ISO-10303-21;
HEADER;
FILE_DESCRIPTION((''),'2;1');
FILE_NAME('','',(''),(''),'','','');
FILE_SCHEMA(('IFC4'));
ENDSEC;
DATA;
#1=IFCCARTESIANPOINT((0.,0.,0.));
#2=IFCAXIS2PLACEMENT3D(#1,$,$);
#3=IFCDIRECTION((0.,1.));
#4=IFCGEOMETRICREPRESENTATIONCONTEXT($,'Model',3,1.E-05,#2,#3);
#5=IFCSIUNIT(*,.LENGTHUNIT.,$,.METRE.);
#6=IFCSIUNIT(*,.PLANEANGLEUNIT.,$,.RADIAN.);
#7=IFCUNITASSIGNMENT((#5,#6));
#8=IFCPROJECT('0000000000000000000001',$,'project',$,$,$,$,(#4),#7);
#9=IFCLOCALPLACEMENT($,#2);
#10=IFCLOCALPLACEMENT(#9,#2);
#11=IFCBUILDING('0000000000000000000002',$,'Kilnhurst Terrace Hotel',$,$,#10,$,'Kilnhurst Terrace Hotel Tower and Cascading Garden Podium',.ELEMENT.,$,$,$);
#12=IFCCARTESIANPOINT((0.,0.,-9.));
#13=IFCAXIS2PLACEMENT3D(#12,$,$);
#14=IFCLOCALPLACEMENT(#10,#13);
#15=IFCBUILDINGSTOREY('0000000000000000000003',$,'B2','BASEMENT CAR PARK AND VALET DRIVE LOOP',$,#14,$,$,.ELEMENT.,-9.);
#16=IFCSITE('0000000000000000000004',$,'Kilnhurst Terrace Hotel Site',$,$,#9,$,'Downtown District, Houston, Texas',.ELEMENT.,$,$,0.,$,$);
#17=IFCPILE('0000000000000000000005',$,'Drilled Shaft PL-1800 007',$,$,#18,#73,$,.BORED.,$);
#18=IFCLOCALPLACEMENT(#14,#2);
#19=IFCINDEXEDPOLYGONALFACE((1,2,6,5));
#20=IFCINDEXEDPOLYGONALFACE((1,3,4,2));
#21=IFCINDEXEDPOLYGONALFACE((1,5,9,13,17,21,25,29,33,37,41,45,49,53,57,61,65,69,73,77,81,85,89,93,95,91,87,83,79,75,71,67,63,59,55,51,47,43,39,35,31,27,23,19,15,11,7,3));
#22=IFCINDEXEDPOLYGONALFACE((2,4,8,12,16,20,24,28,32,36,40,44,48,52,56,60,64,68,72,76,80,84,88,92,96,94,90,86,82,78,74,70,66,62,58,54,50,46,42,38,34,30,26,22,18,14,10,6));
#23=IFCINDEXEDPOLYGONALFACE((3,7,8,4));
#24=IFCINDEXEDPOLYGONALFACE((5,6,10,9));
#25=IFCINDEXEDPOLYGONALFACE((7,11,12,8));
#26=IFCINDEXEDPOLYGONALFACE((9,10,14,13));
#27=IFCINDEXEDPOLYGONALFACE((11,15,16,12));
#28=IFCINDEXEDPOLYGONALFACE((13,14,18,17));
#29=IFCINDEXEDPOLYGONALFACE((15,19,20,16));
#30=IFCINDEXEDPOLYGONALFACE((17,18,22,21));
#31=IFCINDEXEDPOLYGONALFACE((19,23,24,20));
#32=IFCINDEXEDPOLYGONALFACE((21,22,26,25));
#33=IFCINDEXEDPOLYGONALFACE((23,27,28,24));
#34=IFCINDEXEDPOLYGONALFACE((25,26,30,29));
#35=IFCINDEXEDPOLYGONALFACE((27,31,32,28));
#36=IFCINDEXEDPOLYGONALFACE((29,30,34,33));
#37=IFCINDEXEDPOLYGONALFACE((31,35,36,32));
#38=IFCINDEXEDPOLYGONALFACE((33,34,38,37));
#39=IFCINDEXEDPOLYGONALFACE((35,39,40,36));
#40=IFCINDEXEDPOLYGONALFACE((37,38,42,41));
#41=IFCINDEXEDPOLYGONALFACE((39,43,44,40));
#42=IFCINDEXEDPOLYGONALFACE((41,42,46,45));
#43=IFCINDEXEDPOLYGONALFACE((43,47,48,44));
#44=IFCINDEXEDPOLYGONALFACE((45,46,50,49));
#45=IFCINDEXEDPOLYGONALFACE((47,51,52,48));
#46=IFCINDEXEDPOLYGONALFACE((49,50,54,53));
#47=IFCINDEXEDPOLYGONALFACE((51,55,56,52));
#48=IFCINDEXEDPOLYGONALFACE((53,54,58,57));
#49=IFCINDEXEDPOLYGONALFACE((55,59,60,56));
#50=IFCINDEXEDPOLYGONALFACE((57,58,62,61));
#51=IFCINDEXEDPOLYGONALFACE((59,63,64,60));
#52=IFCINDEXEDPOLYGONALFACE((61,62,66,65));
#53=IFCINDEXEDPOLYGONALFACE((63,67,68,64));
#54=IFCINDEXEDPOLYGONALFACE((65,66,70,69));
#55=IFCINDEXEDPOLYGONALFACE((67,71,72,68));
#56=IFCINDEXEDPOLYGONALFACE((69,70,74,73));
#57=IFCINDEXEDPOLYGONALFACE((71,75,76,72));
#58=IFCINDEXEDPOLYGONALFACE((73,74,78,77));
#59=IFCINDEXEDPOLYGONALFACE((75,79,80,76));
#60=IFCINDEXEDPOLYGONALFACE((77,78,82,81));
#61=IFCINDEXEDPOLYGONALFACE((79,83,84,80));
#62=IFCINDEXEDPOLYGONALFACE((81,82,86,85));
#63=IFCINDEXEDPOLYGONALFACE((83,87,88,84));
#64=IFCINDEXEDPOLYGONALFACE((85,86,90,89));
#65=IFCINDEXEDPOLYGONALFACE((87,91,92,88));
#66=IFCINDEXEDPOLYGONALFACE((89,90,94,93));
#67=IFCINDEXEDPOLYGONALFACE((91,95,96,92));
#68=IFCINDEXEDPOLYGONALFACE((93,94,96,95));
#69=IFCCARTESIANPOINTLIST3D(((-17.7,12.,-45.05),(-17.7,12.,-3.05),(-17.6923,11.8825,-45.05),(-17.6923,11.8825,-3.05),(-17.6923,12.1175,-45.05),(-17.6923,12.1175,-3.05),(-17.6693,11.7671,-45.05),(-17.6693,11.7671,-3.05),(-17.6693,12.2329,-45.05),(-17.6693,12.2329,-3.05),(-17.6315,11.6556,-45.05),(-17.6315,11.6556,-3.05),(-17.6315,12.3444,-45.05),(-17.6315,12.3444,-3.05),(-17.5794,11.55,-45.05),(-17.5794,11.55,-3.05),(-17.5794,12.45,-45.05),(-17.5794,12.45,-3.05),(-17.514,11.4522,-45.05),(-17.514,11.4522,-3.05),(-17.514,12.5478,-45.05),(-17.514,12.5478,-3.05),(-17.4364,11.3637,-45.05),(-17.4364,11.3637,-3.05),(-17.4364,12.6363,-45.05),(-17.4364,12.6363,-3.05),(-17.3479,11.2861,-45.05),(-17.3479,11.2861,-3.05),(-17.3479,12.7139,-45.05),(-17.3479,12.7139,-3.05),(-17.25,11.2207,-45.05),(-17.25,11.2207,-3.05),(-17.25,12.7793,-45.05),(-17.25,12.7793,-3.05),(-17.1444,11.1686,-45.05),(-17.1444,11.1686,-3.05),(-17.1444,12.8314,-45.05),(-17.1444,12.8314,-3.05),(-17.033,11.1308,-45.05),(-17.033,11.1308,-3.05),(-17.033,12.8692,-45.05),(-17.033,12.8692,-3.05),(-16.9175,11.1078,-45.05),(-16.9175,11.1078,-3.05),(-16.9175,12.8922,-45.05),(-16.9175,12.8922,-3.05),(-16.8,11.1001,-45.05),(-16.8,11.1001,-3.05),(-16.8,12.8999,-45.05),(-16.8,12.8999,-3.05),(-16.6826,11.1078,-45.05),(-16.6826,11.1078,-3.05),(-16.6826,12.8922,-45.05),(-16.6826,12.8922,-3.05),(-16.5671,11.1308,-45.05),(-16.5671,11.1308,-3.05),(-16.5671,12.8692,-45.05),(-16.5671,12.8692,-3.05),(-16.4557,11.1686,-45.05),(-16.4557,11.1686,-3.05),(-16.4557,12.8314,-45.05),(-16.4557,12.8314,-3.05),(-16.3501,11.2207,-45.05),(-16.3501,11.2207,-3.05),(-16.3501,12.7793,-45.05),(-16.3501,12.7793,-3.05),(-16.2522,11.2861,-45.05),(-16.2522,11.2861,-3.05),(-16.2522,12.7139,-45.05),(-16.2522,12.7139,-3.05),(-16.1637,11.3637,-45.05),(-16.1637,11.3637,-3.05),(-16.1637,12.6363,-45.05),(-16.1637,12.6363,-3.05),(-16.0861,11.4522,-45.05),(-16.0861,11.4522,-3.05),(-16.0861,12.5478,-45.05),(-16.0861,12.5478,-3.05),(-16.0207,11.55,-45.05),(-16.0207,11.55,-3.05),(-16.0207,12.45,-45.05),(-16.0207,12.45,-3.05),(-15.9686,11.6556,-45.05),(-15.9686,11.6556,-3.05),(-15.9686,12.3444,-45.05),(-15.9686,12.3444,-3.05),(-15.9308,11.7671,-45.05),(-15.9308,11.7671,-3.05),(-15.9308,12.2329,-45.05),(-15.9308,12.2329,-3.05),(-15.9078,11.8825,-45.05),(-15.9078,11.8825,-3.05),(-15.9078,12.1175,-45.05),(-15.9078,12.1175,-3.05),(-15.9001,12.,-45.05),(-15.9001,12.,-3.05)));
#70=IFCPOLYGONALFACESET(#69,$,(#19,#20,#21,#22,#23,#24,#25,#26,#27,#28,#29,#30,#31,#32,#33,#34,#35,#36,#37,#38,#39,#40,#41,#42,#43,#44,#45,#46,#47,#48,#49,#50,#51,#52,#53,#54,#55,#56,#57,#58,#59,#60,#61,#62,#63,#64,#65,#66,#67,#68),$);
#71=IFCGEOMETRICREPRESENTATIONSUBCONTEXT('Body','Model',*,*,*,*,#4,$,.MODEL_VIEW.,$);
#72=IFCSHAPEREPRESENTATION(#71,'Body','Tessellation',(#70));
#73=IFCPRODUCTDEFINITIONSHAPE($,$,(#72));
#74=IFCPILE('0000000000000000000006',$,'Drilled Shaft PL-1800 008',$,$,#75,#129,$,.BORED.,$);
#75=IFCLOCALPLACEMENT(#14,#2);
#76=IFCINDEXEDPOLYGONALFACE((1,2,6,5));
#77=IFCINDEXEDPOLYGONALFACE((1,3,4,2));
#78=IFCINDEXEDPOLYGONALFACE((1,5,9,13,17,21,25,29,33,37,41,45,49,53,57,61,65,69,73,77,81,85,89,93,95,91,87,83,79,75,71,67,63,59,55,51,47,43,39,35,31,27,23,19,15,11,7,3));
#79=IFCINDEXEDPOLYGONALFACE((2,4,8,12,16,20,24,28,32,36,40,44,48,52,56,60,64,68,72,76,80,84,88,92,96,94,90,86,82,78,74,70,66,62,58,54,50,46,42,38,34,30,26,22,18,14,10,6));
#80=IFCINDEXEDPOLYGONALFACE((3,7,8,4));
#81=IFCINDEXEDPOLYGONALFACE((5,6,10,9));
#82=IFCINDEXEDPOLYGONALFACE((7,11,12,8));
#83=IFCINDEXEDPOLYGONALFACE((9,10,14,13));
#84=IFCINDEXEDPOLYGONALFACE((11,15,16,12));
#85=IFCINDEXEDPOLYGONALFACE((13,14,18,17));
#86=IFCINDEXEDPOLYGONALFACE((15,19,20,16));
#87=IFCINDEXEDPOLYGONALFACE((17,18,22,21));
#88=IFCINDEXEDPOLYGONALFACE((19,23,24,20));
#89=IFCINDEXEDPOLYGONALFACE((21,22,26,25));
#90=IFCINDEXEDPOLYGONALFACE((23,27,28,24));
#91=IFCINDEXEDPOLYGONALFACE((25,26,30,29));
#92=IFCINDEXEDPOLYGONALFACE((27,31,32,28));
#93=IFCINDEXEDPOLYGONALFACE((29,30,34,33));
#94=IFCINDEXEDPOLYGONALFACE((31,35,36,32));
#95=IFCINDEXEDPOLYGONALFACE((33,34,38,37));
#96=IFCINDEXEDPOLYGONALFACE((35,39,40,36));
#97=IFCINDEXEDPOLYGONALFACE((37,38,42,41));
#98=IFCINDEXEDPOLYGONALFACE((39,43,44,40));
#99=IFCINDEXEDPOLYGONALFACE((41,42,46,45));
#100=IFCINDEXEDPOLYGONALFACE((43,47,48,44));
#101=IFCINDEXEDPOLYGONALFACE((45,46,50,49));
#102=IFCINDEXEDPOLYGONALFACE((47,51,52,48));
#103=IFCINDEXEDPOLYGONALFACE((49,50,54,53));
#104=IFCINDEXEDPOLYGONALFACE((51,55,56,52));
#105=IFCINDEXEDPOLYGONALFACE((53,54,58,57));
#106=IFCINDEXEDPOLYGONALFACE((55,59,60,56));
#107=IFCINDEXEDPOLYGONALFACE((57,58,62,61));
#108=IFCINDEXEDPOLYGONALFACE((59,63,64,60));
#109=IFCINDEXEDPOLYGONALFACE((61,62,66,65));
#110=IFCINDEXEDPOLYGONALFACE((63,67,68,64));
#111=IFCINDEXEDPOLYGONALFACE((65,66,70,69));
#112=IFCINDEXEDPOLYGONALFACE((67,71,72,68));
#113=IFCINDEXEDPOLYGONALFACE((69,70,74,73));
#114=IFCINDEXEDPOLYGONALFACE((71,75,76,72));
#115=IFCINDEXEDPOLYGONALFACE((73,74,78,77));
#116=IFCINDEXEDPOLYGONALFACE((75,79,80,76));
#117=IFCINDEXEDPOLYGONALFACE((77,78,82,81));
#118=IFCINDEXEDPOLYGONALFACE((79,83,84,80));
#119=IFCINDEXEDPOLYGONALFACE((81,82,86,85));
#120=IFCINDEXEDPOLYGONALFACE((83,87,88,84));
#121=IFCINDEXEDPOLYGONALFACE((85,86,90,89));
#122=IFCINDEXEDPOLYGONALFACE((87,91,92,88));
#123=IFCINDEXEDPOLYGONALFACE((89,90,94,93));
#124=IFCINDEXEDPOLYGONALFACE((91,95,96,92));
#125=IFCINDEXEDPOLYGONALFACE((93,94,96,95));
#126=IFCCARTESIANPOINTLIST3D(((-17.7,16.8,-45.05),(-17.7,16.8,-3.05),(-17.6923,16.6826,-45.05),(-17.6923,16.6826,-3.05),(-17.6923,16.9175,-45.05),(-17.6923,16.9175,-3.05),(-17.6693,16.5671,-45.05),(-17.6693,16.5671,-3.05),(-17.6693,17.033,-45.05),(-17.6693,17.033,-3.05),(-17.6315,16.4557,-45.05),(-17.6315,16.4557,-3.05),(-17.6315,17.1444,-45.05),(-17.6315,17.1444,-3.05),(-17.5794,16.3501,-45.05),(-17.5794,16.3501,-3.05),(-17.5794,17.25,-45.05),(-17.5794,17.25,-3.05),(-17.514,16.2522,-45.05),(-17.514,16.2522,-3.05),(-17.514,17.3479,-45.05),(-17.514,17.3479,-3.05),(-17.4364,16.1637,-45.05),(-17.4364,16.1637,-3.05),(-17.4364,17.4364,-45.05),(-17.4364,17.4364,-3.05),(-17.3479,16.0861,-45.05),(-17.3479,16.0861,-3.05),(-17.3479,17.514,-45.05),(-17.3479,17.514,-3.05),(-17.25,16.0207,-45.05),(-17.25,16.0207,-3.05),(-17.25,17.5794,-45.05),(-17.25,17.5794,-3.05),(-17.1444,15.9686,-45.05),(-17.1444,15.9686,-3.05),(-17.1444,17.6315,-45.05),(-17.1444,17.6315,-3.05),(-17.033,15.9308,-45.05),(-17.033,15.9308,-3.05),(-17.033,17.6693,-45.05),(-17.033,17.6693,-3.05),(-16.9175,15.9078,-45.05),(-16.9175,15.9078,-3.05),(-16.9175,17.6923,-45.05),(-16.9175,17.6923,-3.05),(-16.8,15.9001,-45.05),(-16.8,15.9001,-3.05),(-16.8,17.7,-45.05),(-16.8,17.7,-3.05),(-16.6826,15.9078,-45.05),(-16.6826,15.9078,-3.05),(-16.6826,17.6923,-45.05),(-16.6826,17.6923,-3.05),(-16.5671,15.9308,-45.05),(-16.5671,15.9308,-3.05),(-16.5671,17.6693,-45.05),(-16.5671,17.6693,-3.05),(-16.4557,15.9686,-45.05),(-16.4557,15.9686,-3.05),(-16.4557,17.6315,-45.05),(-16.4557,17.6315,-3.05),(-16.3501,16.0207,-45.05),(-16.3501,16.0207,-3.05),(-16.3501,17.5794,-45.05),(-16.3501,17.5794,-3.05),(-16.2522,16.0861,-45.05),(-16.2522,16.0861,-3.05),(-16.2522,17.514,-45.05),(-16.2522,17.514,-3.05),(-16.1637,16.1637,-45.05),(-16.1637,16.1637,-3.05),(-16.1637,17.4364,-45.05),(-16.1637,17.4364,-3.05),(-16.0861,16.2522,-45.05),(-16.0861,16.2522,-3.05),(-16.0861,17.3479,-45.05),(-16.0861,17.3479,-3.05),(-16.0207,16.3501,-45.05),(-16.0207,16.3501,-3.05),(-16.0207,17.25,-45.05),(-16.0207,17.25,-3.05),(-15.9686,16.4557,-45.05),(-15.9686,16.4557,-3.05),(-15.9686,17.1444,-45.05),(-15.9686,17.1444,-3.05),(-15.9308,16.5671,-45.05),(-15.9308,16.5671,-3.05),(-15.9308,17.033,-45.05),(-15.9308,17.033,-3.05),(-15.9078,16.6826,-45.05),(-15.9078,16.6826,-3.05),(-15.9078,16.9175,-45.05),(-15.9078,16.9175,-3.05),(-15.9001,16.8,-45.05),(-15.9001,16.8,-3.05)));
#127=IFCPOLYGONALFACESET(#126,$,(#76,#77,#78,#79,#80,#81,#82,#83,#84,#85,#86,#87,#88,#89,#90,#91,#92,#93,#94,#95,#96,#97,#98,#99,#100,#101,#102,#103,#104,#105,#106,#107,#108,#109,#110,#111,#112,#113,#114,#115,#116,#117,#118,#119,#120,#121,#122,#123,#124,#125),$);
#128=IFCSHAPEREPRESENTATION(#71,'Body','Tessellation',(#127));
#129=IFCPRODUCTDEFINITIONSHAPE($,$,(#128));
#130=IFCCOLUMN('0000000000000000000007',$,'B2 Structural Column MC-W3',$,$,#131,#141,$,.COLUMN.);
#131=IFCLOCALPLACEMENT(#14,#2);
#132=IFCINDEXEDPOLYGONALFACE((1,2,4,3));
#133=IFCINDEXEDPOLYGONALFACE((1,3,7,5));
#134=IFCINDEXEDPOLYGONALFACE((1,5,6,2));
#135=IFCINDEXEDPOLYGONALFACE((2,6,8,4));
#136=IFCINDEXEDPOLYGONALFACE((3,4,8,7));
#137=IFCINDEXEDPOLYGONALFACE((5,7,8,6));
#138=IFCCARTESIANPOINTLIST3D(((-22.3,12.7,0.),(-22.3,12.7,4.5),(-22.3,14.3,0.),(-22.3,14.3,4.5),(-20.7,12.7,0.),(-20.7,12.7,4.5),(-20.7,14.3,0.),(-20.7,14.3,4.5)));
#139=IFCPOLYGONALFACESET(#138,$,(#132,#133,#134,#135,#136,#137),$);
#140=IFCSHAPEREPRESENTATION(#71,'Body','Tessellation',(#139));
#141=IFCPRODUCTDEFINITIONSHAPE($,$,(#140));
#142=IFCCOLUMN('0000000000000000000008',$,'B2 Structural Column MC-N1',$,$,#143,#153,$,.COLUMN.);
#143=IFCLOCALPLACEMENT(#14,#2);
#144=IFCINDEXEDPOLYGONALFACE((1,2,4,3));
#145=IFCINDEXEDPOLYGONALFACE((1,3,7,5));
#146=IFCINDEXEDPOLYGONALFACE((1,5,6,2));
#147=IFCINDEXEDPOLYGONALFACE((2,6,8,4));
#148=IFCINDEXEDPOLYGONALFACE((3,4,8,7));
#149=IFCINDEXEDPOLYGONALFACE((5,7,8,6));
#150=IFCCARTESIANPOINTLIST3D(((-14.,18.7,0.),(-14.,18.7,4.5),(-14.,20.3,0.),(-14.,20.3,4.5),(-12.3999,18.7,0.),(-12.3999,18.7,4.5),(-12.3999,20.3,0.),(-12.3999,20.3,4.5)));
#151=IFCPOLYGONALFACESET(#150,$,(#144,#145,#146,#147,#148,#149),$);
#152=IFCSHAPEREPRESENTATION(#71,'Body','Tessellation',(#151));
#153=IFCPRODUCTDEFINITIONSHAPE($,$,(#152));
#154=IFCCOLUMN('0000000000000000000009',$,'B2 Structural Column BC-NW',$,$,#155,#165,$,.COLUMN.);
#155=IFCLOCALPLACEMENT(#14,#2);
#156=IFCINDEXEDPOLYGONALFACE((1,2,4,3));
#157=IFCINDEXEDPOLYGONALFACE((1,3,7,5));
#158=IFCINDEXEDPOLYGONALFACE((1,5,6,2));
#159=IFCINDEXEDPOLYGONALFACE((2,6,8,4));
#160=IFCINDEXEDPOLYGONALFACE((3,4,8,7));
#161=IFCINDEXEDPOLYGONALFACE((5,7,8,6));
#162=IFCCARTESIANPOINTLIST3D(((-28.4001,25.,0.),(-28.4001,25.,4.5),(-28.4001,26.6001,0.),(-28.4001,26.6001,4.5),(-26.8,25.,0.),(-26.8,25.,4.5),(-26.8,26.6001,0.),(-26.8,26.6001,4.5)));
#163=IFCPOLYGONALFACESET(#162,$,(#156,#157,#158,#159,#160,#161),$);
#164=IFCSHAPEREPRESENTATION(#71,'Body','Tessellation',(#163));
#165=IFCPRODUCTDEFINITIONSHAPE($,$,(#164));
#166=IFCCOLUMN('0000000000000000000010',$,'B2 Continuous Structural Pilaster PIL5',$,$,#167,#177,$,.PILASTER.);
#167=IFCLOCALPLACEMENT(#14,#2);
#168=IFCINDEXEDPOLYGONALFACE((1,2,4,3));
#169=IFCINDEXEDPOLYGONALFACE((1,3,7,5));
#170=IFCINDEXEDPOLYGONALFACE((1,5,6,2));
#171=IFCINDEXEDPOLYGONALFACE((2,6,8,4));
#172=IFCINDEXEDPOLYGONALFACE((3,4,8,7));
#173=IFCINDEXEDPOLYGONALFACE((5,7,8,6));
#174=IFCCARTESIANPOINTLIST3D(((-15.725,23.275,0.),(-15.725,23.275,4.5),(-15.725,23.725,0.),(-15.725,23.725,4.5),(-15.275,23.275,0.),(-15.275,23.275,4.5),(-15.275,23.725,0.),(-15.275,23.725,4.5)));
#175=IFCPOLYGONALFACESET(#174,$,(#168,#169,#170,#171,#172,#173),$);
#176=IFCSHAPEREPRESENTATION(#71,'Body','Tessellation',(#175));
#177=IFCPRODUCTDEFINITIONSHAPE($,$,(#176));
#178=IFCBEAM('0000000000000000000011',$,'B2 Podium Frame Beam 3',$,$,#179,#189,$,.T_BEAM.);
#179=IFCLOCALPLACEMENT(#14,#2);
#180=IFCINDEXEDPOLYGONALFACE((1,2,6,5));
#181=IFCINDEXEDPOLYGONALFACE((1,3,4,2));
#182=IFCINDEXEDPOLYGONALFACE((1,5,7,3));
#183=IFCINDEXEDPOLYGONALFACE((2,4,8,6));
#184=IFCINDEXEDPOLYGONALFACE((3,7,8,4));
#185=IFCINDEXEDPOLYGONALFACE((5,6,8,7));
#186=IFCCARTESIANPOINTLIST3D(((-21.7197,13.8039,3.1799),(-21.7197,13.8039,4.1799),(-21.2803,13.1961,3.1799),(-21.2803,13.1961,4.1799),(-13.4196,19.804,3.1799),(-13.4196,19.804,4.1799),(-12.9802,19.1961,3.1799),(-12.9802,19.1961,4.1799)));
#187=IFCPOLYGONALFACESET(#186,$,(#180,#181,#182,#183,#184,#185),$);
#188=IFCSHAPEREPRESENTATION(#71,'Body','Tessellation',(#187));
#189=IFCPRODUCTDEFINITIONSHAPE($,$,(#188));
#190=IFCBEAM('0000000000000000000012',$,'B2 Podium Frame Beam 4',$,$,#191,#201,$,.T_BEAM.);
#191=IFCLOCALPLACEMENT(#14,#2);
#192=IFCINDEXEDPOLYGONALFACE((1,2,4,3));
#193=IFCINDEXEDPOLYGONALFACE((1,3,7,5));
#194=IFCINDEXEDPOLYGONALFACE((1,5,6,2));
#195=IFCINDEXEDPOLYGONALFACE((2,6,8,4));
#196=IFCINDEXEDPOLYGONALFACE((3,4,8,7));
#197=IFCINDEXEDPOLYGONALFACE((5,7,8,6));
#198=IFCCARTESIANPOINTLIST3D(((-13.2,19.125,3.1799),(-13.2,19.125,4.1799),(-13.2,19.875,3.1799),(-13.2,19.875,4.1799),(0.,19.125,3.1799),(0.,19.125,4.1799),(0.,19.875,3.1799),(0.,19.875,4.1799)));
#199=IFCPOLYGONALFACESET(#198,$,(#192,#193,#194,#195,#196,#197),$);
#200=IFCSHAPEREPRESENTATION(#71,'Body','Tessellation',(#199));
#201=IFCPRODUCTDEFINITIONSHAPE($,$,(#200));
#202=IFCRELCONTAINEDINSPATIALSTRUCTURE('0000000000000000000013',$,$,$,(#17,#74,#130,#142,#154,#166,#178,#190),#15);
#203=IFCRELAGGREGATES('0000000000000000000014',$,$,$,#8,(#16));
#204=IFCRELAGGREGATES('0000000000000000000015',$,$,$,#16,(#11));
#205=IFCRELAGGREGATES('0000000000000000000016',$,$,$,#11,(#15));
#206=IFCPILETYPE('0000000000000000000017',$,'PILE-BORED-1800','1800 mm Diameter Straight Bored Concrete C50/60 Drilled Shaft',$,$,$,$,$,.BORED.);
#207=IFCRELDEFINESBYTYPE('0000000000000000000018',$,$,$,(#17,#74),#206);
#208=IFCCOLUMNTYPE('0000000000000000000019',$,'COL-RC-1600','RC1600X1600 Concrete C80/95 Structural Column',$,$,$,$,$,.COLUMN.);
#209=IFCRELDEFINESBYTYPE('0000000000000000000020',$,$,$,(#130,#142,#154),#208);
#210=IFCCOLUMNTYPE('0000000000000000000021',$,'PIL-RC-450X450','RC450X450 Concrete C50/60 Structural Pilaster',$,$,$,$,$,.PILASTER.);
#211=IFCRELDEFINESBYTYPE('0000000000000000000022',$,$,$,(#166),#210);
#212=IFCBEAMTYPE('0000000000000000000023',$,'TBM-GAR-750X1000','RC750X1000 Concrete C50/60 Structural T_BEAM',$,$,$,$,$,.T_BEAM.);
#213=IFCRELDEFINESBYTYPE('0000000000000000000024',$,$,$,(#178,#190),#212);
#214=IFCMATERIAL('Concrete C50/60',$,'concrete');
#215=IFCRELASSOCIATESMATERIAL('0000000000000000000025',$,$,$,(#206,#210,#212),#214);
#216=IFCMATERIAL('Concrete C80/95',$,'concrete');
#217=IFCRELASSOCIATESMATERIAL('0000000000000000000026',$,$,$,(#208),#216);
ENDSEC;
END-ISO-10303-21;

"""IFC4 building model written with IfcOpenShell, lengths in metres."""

from ifc_helpers import new_model, si_unit, direction, frame, origin, origin_2d, place, context, subcontext, project, spatial, rectangle, circle, extrude, material, material_profile, profile_set, type_object, element, save


model = new_model("IFC4")

# Units and contexts
model_context = context("Model", 3, precision=1e-05, world=origin(), true_north=direction((0.0, 1.0)))
body_context = subcontext(model_context, "Body", "Model", "MODEL_VIEW")
ifc_project = project(units=[si_unit("LENGTHUNIT", "METRE"), si_unit("PLANEANGLEUNIT", "RADIAN")], contexts=[model_context])

# Site, building, storey
site_placement = place(None, origin())
site = spatial("IfcSite", under=ifc_project, at=site_placement, Name="Kilnhurst Terrace Hotel Site", LongName="Downtown District, Houston, Texas", CompositionType="ELEMENT", RefElevation=0.0)
building_placement = place(site_placement, origin())
building = spatial("IfcBuilding", under=site, at=building_placement, Name="Kilnhurst Terrace Hotel", LongName="Kilnhurst Terrace Hotel Tower and Cascading Garden Podium", CompositionType="ELEMENT")
storey_placement = place(building_placement, frame((0.0, 0.0, -9.0)))
storey = spatial("IfcBuildingStorey", under=building, at=storey_placement, Name="B2", Description="BASEMENT CAR PARK AND VALET DRIVE LOOP", CompositionType="ELEMENT", Elevation=-9.0)

# Piles
ifc_material_1 = material(Name="Concrete C50/60", Category="concrete")
ifc_material_profile_1 = material_profile(ifc_material_1, circle(Radius=0.8999, at=origin_2d()), Name="PILE1800")
ifc_profile_set_1 = profile_set([ifc_material_profile_1], Name="Concrete C50/60")
pile_type_1 = type_object("IfcPileType", Name="PILE-BORED-1800", Description="1800 mm Diameter Straight Bored Concrete C50/60 Drilled Shaft", PredefinedType="BORED", material=ifc_profile_set_1)
for number, where, z_axis, x_axis, name in (
    (1, (-16.8, 12.0, -3.05), (0.0, 0.0, -1.0), (1.0, 0.0, 0.0), "Drilled Shaft PL-1800 007"),
    (2, (-16.8, 16.8, -3.05), (0.0, 0.0, -1.0), (1.0, 0.0, 0.0), "Drilled Shaft PL-1800 008"),
):
    element("IfcPile", number, at=place(storey_placement, frame(where, z_axis=z_axis, x_axis=x_axis)), inside=storey, type_object=pile_type_1, Name=name, PredefinedType="BORED", context=body_context, shape_type="SweptSolid", body=[
        extrude(circle(Radius=0.8999, at=origin_2d()), origin(), (0.0, 0.0, 1.0), 42.0),
    ])

# Columns
ifc_material_2 = material(Name="Concrete C80/95", Category="concrete")
ifc_material_profile_2 = material_profile(ifc_material_2, rectangle(XDim=1.6001, YDim=1.6001, at=origin_2d()), Name="RC1600X1600")
ifc_profile_set_2 = profile_set([ifc_material_profile_2], Name="Concrete C80/95")
column_type_1 = type_object("IfcColumnType", Name="COL-RC-1600", Description="RC1600X1600 Concrete C80/95 Structural Column", PredefinedType="COLUMN", material=ifc_profile_set_2)
for number, where, z_axis, x_axis, name in (
    (3, (-21.5, 13.5, 0.0), (0.0, 0.0, 1.0), (1.0, 0.0, 0.0), "B2 Structural Column MC-W3"),
    (4, (-13.2, 19.5, 0.0), (0.0, 0.0, 1.0), (1.0, 0.0, 0.0), "B2 Structural Column MC-N1"),
    (5, (-27.6001, 25.8, 0.0), (0.0, 0.0, 1.0), (1.0, 0.0, 0.0), "B2 Structural Column BC-NW"),
):
    element("IfcColumn", number, at=place(storey_placement, frame(where, z_axis=z_axis, x_axis=x_axis)), inside=storey, type_object=column_type_1, Name=name, PredefinedType="COLUMN", context=body_context, shape_type="SweptSolid", body=[
        extrude(rectangle(XDim=1.6001, YDim=1.6001, at=origin_2d()), origin(), (0.0, 0.0, 1.0), 4.5),
    ])
ifc_material_profile_3 = material_profile(ifc_material_1, rectangle(XDim=0.45, YDim=0.45, at=origin_2d()), Name="RC450X450")
ifc_profile_set_3 = profile_set([ifc_material_profile_3], Name="Concrete C50/60")
column_type_2 = type_object("IfcColumnType", Name="PIL-RC-450X450", Description="RC450X450 Concrete C50/60 Structural Pilaster", PredefinedType="PILASTER", material=ifc_profile_set_3)
column_placement = place(storey_placement, frame((-15.5, 23.5, 0.0), z_axis=(0.0, 0.0, 1.0), x_axis=(1.0, 0.0, 0.0)))
element("IfcColumn", 6, at=column_placement, inside=storey, type_object=column_type_2, Name="B2 Continuous Structural Pilaster PIL5", PredefinedType="PILASTER", context=body_context, shape_type="SweptSolid", body=[
    extrude(rectangle(XDim=0.45, YDim=0.45, at=origin_2d()), origin(), (0.0, 0.0, 1.0), 4.5),
])

# Beams
ifc_material_profile_4 = material_profile(ifc_material_1, rectangle(XDim=0.75, YDim=1.0, at=origin_2d()), Name="RC750X1000")
ifc_profile_set_4 = profile_set([ifc_material_profile_4], Name="Concrete C50/60")
beam_type = type_object("IfcBeamType", Name="TBM-GAR-750X1000", Description="RC750X1000 Concrete C50/60 Structural T_BEAM", PredefinedType="T_BEAM", material=ifc_profile_set_4)
beam_1_placement = place(storey_placement, frame((-21.5, 13.5, 3.6799), z_axis=(0.810423, 0.585845, 0.0), x_axis=(-0.585845, 0.810423, 0.0)))
element("IfcBeam", 7, at=beam_1_placement, inside=storey, type_object=beam_type, Name="B2 Podium Frame Beam 3", PredefinedType="T_BEAM", context=body_context, shape_type="SweptSolid", body=[
    extrude(rectangle(XDim=0.75, YDim=1.0, at=origin_2d()), origin(), (0.0, 0.0, 1.0), 10.2417),
])
beam_2_placement = place(storey_placement, frame((-13.2, 19.5, 3.6799), z_axis=(1.0, 0.0, 0.0), x_axis=(0.0, 1.0, 0.0)))
element("IfcBeam", 8, at=beam_2_placement, inside=storey, type_object=beam_type, Name="B2 Podium Frame Beam 4", PredefinedType="T_BEAM", context=body_context, shape_type="SweptSolid", body=[
    extrude(rectangle(XDim=0.75, YDim=1.0, at=origin_2d()), origin(), (0.0, 0.0, 1.0), 13.2),
])

save(model, "model.ifc")
